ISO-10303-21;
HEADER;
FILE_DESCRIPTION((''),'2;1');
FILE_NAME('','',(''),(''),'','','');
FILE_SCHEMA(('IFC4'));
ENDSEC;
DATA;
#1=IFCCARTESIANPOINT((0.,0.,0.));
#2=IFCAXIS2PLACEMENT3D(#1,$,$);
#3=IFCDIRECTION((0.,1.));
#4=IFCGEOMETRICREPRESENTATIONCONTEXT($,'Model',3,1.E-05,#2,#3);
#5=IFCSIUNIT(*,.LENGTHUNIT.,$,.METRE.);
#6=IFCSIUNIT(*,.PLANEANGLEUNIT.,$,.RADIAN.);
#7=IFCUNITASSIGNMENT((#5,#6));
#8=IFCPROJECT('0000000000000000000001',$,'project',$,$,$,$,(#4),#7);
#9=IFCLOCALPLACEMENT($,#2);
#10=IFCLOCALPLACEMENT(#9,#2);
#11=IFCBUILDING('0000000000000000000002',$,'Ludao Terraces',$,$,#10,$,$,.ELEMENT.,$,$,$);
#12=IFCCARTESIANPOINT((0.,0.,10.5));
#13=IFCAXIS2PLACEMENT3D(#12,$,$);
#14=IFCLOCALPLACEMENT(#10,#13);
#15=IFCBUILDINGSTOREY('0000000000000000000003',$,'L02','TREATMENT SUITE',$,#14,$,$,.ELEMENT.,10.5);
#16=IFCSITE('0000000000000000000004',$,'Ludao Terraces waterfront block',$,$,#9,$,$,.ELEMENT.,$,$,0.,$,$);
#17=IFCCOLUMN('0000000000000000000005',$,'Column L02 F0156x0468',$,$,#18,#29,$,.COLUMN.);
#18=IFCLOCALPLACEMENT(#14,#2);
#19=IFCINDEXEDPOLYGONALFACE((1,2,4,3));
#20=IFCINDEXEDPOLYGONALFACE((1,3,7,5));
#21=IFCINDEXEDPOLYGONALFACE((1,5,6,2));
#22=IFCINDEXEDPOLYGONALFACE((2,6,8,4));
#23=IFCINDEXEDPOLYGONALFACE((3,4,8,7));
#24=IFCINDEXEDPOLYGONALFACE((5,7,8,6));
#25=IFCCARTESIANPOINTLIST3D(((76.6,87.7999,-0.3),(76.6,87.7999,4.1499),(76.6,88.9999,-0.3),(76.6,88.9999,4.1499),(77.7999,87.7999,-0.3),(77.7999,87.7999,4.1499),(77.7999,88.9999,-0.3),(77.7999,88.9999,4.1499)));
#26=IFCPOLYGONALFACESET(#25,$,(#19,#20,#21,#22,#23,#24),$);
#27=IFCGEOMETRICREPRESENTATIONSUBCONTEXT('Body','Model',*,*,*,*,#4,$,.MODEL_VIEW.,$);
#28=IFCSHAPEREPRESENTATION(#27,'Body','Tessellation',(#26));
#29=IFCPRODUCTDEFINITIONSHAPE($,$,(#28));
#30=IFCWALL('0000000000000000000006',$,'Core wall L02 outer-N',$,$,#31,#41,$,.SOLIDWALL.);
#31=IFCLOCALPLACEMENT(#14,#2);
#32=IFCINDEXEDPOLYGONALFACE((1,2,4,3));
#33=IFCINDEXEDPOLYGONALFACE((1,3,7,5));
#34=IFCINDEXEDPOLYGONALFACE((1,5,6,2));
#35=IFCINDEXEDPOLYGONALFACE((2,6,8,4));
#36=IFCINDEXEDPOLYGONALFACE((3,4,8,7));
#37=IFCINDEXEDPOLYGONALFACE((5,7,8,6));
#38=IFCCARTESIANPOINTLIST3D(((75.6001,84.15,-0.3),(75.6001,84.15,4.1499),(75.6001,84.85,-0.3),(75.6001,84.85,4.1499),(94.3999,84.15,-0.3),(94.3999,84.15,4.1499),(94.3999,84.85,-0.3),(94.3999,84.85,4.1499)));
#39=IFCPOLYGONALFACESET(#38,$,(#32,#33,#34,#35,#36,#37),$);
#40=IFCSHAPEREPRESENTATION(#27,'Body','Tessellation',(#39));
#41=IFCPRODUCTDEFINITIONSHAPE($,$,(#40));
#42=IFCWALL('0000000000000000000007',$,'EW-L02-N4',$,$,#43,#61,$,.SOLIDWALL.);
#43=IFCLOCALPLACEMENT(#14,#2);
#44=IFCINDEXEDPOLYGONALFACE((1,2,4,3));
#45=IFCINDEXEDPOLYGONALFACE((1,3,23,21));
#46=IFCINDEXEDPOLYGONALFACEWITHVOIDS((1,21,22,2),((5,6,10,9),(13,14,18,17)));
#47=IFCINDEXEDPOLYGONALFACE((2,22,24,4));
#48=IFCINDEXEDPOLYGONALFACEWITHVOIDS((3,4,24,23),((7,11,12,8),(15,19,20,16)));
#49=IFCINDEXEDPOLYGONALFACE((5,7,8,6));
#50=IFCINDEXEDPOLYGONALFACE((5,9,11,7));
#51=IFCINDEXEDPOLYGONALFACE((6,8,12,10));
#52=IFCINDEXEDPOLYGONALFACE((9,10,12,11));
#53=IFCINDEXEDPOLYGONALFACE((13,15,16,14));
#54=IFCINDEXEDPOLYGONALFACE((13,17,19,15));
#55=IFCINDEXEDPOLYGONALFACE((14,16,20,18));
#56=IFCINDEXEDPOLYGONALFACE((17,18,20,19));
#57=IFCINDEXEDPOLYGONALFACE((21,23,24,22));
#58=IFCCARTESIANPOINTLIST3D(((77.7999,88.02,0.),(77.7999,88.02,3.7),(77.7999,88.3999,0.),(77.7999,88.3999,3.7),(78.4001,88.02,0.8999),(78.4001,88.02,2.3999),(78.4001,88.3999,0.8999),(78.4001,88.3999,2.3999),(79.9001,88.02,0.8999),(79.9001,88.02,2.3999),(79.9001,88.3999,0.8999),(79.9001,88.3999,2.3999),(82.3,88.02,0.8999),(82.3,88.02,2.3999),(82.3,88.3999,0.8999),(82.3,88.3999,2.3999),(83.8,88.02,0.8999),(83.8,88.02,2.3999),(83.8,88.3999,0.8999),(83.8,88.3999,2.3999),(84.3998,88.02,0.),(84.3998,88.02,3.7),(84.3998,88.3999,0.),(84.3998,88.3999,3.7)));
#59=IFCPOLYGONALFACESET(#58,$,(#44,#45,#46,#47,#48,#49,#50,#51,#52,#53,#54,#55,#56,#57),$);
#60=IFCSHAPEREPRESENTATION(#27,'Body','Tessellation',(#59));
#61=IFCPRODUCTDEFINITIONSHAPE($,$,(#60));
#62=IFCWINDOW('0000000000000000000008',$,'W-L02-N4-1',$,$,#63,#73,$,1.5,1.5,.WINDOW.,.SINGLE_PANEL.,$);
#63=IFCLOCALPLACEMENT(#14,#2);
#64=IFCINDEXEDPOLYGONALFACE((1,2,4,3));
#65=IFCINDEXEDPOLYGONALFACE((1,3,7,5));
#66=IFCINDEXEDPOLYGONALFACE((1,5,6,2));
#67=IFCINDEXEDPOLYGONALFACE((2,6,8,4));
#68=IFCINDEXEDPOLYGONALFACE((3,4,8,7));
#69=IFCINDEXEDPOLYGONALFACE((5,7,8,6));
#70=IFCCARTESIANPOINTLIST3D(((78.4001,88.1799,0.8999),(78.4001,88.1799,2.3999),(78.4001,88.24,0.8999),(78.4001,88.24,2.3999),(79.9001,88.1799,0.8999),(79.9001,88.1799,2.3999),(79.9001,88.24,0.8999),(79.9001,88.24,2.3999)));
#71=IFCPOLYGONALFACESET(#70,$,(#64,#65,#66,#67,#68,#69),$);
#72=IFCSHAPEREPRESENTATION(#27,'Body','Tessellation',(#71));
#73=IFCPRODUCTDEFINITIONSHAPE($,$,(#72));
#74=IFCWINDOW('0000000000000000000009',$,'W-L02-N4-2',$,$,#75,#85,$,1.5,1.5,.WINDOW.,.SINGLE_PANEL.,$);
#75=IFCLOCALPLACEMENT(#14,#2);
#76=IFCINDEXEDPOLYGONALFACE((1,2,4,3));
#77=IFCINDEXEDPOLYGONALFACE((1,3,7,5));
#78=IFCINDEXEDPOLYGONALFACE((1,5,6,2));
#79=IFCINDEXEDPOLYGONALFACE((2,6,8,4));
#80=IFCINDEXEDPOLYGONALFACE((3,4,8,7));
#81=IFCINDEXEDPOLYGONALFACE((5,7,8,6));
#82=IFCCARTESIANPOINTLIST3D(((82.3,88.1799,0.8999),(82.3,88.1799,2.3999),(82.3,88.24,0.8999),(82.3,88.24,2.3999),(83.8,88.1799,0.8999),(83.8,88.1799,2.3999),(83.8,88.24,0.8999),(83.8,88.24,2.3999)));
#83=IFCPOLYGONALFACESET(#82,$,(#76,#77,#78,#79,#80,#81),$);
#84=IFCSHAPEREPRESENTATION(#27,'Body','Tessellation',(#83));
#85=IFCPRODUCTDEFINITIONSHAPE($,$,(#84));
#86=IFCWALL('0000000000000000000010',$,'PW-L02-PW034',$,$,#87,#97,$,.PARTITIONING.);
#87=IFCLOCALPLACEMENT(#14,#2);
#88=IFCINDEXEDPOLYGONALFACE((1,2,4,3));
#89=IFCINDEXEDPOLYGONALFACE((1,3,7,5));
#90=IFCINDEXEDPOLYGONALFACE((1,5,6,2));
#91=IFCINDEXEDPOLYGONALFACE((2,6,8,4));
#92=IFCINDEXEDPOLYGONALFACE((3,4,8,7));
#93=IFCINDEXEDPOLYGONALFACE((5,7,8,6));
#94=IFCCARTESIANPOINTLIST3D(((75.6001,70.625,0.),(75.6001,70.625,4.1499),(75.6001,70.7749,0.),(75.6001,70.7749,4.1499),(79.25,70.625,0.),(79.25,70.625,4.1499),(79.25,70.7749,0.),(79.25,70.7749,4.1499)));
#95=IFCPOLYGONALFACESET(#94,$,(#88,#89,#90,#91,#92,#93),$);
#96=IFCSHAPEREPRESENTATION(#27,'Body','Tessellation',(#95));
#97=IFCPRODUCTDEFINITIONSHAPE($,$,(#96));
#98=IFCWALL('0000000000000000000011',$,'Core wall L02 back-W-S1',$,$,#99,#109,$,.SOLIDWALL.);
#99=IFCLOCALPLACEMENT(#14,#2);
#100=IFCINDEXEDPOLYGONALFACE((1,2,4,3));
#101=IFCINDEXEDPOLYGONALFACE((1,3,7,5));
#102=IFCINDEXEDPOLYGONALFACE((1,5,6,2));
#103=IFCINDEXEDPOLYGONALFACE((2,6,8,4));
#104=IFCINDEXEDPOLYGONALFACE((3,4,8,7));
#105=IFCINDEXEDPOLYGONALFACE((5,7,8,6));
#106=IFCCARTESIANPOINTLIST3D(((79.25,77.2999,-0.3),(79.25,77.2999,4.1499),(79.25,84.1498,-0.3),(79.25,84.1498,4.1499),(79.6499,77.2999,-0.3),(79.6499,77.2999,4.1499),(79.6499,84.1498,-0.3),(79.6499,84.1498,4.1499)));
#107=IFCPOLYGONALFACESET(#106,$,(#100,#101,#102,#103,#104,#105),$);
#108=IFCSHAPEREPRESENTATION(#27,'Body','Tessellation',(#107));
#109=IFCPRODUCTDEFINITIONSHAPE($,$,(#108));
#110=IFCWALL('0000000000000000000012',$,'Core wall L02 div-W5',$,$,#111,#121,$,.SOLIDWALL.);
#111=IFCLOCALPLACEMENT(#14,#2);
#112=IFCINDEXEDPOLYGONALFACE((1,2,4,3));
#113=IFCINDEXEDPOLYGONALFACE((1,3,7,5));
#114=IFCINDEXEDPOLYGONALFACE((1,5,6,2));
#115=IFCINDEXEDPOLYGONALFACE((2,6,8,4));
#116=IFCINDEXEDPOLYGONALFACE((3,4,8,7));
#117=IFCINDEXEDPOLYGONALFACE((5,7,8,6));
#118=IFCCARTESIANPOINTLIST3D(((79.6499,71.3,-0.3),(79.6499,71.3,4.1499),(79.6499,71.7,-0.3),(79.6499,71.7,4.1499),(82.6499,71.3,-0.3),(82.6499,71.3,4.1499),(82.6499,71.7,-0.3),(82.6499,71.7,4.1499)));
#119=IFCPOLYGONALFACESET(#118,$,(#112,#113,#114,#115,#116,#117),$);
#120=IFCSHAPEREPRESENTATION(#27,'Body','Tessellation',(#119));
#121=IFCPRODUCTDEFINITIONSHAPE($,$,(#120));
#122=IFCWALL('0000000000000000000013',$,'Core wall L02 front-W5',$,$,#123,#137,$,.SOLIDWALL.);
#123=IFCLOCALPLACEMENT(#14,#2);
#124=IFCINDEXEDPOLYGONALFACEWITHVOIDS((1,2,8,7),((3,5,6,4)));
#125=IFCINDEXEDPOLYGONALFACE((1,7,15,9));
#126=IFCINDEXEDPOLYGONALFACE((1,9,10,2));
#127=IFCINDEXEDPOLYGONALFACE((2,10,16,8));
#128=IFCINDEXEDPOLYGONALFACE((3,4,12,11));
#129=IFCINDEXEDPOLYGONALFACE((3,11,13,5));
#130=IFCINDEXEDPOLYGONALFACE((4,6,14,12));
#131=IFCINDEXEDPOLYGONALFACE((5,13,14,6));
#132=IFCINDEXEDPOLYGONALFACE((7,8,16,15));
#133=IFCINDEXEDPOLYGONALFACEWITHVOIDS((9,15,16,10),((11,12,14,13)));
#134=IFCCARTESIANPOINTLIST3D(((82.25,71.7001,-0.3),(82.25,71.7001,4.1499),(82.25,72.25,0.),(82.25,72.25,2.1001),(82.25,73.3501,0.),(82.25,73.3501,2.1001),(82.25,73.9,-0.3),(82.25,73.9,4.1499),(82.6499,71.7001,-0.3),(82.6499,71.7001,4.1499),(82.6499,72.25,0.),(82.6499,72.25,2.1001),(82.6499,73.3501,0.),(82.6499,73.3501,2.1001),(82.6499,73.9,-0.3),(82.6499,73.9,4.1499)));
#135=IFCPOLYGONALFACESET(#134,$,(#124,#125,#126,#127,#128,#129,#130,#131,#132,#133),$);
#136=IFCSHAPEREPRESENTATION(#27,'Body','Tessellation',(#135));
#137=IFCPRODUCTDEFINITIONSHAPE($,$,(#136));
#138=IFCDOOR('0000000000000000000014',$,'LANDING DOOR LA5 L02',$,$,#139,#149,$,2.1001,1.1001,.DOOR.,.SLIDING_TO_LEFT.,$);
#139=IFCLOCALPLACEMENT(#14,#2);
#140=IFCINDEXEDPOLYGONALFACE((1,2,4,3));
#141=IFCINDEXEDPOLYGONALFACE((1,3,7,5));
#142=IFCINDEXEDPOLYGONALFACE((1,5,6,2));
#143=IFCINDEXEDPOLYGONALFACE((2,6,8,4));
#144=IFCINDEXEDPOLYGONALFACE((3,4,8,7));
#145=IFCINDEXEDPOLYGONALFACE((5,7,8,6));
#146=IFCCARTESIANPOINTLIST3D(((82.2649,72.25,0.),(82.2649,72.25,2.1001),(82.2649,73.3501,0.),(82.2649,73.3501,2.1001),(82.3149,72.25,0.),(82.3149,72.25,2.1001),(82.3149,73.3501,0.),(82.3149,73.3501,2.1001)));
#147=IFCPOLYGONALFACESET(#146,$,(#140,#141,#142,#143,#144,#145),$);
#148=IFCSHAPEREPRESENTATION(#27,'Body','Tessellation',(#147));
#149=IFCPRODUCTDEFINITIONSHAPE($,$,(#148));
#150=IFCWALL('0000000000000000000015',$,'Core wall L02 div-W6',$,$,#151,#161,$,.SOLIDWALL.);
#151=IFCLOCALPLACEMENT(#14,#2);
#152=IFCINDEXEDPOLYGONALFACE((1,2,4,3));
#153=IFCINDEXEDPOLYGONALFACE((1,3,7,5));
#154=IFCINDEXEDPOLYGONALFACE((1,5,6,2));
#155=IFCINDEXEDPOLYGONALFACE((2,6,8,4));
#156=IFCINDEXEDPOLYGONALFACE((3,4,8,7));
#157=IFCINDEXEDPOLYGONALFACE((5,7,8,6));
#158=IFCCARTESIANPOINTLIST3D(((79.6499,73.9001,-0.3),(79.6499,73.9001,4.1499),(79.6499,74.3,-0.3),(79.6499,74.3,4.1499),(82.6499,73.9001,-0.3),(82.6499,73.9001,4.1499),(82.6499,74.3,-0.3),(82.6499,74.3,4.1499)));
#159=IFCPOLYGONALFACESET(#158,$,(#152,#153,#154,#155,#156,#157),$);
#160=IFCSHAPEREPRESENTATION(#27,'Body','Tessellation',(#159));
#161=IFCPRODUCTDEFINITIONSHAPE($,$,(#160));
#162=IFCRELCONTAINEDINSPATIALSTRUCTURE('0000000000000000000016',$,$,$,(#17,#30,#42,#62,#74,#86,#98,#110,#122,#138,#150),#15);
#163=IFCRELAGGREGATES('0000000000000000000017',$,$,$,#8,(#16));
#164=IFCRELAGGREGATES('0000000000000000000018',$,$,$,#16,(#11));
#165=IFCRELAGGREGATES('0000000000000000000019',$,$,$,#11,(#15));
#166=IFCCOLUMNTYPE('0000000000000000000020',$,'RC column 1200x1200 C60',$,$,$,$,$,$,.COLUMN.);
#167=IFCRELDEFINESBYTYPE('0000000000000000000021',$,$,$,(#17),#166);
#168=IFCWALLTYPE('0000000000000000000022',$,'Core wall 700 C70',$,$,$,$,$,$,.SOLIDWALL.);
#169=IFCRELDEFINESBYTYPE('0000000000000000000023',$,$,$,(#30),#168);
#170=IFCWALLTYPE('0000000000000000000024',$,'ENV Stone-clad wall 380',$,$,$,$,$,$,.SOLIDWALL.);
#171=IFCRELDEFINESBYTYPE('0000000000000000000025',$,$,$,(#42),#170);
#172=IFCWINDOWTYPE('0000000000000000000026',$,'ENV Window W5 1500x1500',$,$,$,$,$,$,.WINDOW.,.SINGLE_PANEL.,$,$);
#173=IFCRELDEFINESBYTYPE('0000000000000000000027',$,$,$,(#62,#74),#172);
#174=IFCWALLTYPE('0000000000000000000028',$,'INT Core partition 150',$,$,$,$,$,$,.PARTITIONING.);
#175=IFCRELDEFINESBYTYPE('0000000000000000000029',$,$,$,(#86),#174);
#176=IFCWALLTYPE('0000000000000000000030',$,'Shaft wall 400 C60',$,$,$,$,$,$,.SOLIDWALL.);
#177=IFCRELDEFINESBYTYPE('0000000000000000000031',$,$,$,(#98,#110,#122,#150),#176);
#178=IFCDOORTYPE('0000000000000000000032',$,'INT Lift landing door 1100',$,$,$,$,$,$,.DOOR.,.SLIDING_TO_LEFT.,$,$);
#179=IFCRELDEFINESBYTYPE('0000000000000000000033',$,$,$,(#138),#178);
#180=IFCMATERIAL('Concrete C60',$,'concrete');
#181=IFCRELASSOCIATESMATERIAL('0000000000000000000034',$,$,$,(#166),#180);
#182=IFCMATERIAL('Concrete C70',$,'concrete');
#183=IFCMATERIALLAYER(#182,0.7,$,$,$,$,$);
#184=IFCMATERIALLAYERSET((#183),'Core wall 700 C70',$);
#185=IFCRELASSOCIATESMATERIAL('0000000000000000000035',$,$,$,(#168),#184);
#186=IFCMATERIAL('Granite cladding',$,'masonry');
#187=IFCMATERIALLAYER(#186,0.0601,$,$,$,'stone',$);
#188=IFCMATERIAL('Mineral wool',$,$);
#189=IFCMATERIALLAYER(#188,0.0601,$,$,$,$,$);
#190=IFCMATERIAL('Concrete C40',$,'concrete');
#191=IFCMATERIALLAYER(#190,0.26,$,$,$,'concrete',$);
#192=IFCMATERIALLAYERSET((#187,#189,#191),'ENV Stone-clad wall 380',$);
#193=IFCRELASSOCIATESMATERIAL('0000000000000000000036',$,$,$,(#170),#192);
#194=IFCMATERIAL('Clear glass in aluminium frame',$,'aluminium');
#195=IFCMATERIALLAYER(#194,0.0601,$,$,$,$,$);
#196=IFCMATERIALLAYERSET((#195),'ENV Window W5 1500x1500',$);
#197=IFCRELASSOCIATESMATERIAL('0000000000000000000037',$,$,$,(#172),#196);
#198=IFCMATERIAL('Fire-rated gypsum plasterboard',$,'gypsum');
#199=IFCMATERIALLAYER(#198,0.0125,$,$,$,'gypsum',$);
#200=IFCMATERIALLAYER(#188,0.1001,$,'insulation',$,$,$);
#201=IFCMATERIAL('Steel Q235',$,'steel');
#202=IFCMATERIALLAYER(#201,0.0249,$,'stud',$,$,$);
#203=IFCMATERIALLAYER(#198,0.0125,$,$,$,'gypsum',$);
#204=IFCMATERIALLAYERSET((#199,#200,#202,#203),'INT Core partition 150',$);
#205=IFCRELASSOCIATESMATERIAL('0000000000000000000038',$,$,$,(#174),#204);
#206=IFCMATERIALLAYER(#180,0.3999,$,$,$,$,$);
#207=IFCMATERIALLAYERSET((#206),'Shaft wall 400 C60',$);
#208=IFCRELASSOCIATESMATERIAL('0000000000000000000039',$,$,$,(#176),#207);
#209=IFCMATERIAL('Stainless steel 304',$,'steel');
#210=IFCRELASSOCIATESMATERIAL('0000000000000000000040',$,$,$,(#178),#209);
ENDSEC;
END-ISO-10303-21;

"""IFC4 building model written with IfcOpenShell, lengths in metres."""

from ifc_helpers import new_model, si_unit, direction, frame, frame_2d, origin, origin_2d, place, context, subcontext, project, spatial, rectangle, extrude, material, layer, layer_set, material_profile, profile_set, type_object, element, fill, save


model = new_model("IFC4")

# Units and contexts
model_context = context("Model", 3, precision=1e-05, world=origin(), true_north=direction((0.0, 1.0)))
body_context = subcontext(model_context, "Body", "Model", "MODEL_VIEW")
ifc_project = project(units=[si_unit("LENGTHUNIT", "METRE"), si_unit("PLANEANGLEUNIT", "RADIAN")], contexts=[model_context])

# Site, building, storey
site_placement = place(None, origin())
site = spatial("IfcSite", under=ifc_project, at=site_placement, Name="Ludao Terraces waterfront block", CompositionType="ELEMENT", RefElevation=0.0)
building_placement = place(site_placement, origin())
building = spatial("IfcBuilding", under=site, at=building_placement, Name="Ludao Terraces", CompositionType="ELEMENT")
storey_placement = place(building_placement, frame((0.0, 0.0, 10.5)))
storey = spatial("IfcBuildingStorey", under=building, at=storey_placement, Name="L02", Description="TREATMENT SUITE", CompositionType="ELEMENT", Elevation=10.5)

# Column
ifc_material_1 = material(Name="Concrete C60", Category="concrete")
ifc_material_profile = material_profile(ifc_material_1, rectangle(XDim=1.2, YDim=1.2, at=origin_2d()), Name="1200 X 1200")
ifc_profile_set = profile_set([ifc_material_profile], Name="Concrete C60")
column_type = type_object("IfcColumnType", Name="RC column 1200x1200 C60", PredefinedType="COLUMN", material=ifc_profile_set)
column_placement = place(storey_placement, frame((77.2, 88.3999, -0.3), z_axis=(0.0, 0.0, 1.0), x_axis=(1.0, 0.0, 0.0)))
element("IfcColumn", 1, at=column_placement, inside=storey, type_object=column_type, Name="Column L02 F0156x0468", PredefinedType="COLUMN", context=body_context, shape_type="SweptSolid", body=[
    extrude(rectangle(XDim=1.2, YDim=1.2, at=origin_2d()), origin(), (0.0, 0.0, 1.0), 4.45),
])

# Wall
ifc_material_2 = material(Name="Concrete C70", Category="concrete")
ifc_layer_1 = layer(ifc_material_2, 0.7)
ifc_layer_set_1 = layer_set([ifc_layer_1], Name="Core wall 700 C70")
wall_type_1 = type_object("IfcWallType", Name="Core wall 700 C70", PredefinedType="SOLIDWALL", material=ifc_layer_set_1)
wall_1_placement = place(storey_placement, frame((75.6001, 84.5, -0.3), z_axis=(0.0, 0.0, 1.0), x_axis=(1.0, 0.0, 0.0)))
element("IfcWall", 2, at=wall_1_placement, inside=storey, type_object=wall_type_1, Name="Core wall L02 outer-N", PredefinedType="SOLIDWALL", context=body_context, shape_type="SweptSolid", body=[
    extrude(rectangle(XDim=18.7998, YDim=0.7, at=frame_2d((9.3999, 0.0))), origin(), (0.0, 0.0, 1.0), 4.45),
])

# Wall, openings, windows
ifc_material_3 = material(Name="Granite cladding", Category="masonry")
ifc_layer_2 = layer(ifc_material_3, 0.0601, Category="stone")
ifc_material_4 = material(Name="Mineral wool")
ifc_layer_3 = layer(ifc_material_4, 0.0601)
ifc_material_5 = material(Name="Concrete C40", Category="concrete")
ifc_layer_4 = layer(ifc_material_5, 0.26, Category="concrete")
ifc_layer_set_2 = layer_set([ifc_layer_2, ifc_layer_3, ifc_layer_4], Name="ENV Stone-clad wall 380")
wall_type_2 = type_object("IfcWallType", Name="ENV Stone-clad wall 380", PredefinedType="SOLIDWALL", material=ifc_layer_set_2)
wall_2_placement = place(storey_placement, frame((77.8, 88.21, 0.0), z_axis=(0.0, 0.0, 1.0), x_axis=(1.0, 0.0, 0.0)))
wall_2 = element("IfcWall", 3, at=wall_2_placement, inside=storey, type_object=wall_type_2, Name="EW-L02-N4", PredefinedType="SOLIDWALL", context=body_context, shape_type="SweptSolid", body=[
    extrude(rectangle(XDim=6.5999, YDim=0.3799, at=frame_2d((3.2998, 0.0))), origin(), (0.0, 0.0, 1.0), 3.7),
])
opening_1_placement = place(wall_2_placement, frame((0.6001, 0.0, 0.8999)))
opening_1 = element("IfcOpeningElement", 4, at=opening_1_placement, cuts=wall_2, PredefinedType="OPENING", context=body_context, shape_type="SweptSolid", body=[
    extrude(rectangle(XDim=1.5, YDim=1.5, at=frame_2d((0.75, 0.75))), frame((0.0, 0.2, 0.0), z_axis=(0.0, -1.0, 0.0), x_axis=(1.0, 0.0, 0.0)), (0.0, 0.0, 1.0), 0.3999),
])
opening_2_placement = place(wall_2_placement, frame((4.5, 0.0, 0.8999)))
opening_2 = element("IfcOpeningElement", 5, at=opening_2_placement, cuts=wall_2, PredefinedType="OPENING", context=body_context, shape_type="SweptSolid", body=[
    extrude(rectangle(XDim=1.5, YDim=1.5, at=frame_2d((0.75, 0.75))), frame((0.0, 0.2, 0.0), z_axis=(0.0, -1.0, 0.0), x_axis=(1.0, 0.0, 0.0)), (0.0, 0.0, 1.0), 0.3999),
])
ifc_material_6 = material(Name="Clear glass in aluminium frame", Category="aluminium")
ifc_layer_5 = layer(ifc_material_6, 0.0601)
ifc_layer_set_3 = layer_set([ifc_layer_5], Name="ENV Window W5 1500x1500")
window_type = type_object("IfcWindowType", Name="ENV Window W5 1500x1500", PartitioningType="SINGLE_PANEL", PredefinedType="WINDOW", material=ifc_layer_set_3)
window_1_placement = place(opening_1_placement, origin())
window_1 = element("IfcWindow", 6, at=window_1_placement, inside=storey, type_object=window_type, Name="W-L02-N4-1", OverallHeight=1.5, OverallWidth=1.5, PartitioningType="SINGLE_PANEL", PredefinedType="WINDOW", context=body_context, shape_type="SweptSolid", body=[
    extrude(rectangle(XDim=1.5, YDim=1.5, at=frame_2d((0.75, 0.75))), frame((0.0, 0.03, 0.0), z_axis=(0.0, -1.0, 0.0), x_axis=(1.0, 0.0, 0.0)), (0.0, 0.0, 1.0), 0.0601),
])
fill(opening_1, window_1)
window_2_placement = place(opening_2_placement, origin())
window_2 = element("IfcWindow", 7, at=window_2_placement, inside=storey, type_object=window_type, Name="W-L02-N4-2", OverallHeight=1.5, OverallWidth=1.5, PartitioningType="SINGLE_PANEL", PredefinedType="WINDOW", context=body_context, shape_type="SweptSolid", body=[
    extrude(rectangle(XDim=1.5, YDim=1.5, at=frame_2d((0.75, 0.75))), frame((0.0, 0.03, 0.0), z_axis=(0.0, -1.0, 0.0), x_axis=(1.0, 0.0, 0.0)), (0.0, 0.0, 1.0), 0.0601),
])
fill(opening_2, window_2)

# Walls
ifc_material_7 = material(Name="Fire-rated gypsum plasterboard", Category="gypsum")
ifc_layer_6 = layer(ifc_material_7, 0.0125, Category="gypsum")
ifc_layer_7 = layer(ifc_material_4, 0.1001, Name="insulation")
ifc_material_8 = material(Name="Steel Q235", Category="steel")
ifc_layer_8 = layer(ifc_material_8, 0.0249, Name="stud")
ifc_layer_9 = layer(ifc_material_7, 0.0125, Category="gypsum")
ifc_layer_set_4 = layer_set([ifc_layer_6, ifc_layer_7, ifc_layer_8, ifc_layer_9], Name="INT Core partition 150")
wall_type_3 = type_object("IfcWallType", Name="INT Core partition 150", PredefinedType="PARTITIONING", material=ifc_layer_set_4)
wall_3_placement = place(storey_placement, frame((75.6001, 70.7, 0.0), z_axis=(0.0, 0.0, 1.0), x_axis=(1.0, 0.0, 0.0)))
element("IfcWall", 8, at=wall_3_placement, inside=storey, type_object=wall_type_3, Name="PW-L02-PW034", PredefinedType="PARTITIONING", context=body_context, shape_type="SweptSolid", body=[
    extrude(rectangle(XDim=3.6499, YDim=0.1499, at=frame_2d((1.825, 0.0))), origin(), (0.0, 0.0, 1.0), 4.1499),
])
ifc_layer_10 = layer(ifc_material_1, 0.3999)
ifc_layer_set_5 = layer_set([ifc_layer_10], Name="Shaft wall 400 C60")
wall_type_4 = type_object("IfcWallType", Name="Shaft wall 400 C60", PredefinedType="SOLIDWALL", material=ifc_layer_set_5)
wall_4_placement = place(storey_placement, frame((79.45, 77.3, -0.3), z_axis=(0.0, 0.0, 1.0), x_axis=(0.0, 1.0, 0.0)))
element("IfcWall", 9, at=wall_4_placement, inside=storey, type_object=wall_type_4, Name="Core wall L02 back-W-S1", PredefinedType="SOLIDWALL", context=body_context, shape_type="SweptSolid", body=[
    extrude(rectangle(XDim=6.8499, YDim=0.3999, at=frame_2d((3.4248, 0.0))), origin(), (0.0, 0.0, 1.0), 4.45),
])
wall_5_placement = place(storey_placement, frame((79.6499, 71.5, -0.3), z_axis=(0.0, 0.0, 1.0), x_axis=(1.0, 0.0, 0.0)))
element("IfcWall", 10, at=wall_5_placement, inside=storey, type_object=wall_type_4, Name="Core wall L02 div-W5", PredefinedType="SOLIDWALL", context=body_context, shape_type="SweptSolid", body=[
    extrude(rectangle(XDim=3.0, YDim=0.3999, at=frame_2d((1.5, 0.0))), origin(), (0.0, 0.0, 1.0), 4.45),
])

# Wall, opening, door
wall_6_placement = place(storey_placement, frame((82.45, 71.7, -0.3), z_axis=(0.0, 0.0, 1.0), x_axis=(0.0, 1.0, 0.0)))
wall_6 = element("IfcWall", 11, at=wall_6_placement, inside=storey, type_object=wall_type_4, Name="Core wall L02 front-W5", PredefinedType="SOLIDWALL", context=body_context, shape_type="SweptSolid", body=[
    extrude(rectangle(XDim=2.2, YDim=0.3999, at=frame_2d((1.1001, 0.0))), origin(), (0.0, 0.0, 1.0), 4.45),
])
opening_3_placement = place(wall_6_placement, frame((0.55, 0.0, 0.3)))
opening_3 = element("IfcOpeningElement", 12, at=opening_3_placement, cuts=wall_6, PredefinedType="OPENING", context=body_context, shape_type="SweptSolid", body=[
    extrude(rectangle(XDim=1.1001, YDim=2.1001, at=frame_2d((0.55, 1.05))), frame((0.0, 0.21, 0.0), z_axis=(0.0, -1.0, 0.0), x_axis=(1.0, 0.0, 0.0)), (0.0, 0.0, 1.0), 0.4199),
])
ifc_material_9 = material(Name="Stainless steel 304", Category="steel")
door_type = type_object("IfcDoorType", Name="INT Lift landing door 1100", OperationType="SLIDING_TO_LEFT", PredefinedType="DOOR", material=ifc_material_9)
door_1_placement = place(opening_3_placement, origin())
door_1 = element("IfcDoor", 13, at=door_1_placement, inside=storey, type_object=door_type, Name="LANDING DOOR LA5 L02", OperationType="SLIDING_TO_LEFT", OverallHeight=2.1001, OverallWidth=1.1001, PredefinedType="DOOR", context=body_context, shape_type="SweptSolid", body=[
    extrude(rectangle(XDim=1.1001, YDim=2.1001, at=frame_2d((0.55, 1.05))), frame((0.0, 0.1851, 0.0), z_axis=(0.0, -1.0, 0.0), x_axis=(1.0, 0.0, 0.0)), (0.0, 0.0, 1.0), 0.05),
])
fill(opening_3, door_1)

# Wall
wall_7_placement = place(storey_placement, frame((79.6499, 74.1001, -0.3), z_axis=(0.0, 0.0, 1.0), x_axis=(1.0, 0.0, 0.0)))
element("IfcWall", 14, at=wall_7_placement, inside=storey, type_object=wall_type_4, Name="Core wall L02 div-W6", PredefinedType="SOLIDWALL", context=body_context, shape_type="SweptSolid", body=[
    extrude(rectangle(XDim=3.0, YDim=0.3999, at=frame_2d((1.5, 0.0))), origin(), (0.0, 0.0, 1.0), 4.45),
])

save(model, "model.ifc")
